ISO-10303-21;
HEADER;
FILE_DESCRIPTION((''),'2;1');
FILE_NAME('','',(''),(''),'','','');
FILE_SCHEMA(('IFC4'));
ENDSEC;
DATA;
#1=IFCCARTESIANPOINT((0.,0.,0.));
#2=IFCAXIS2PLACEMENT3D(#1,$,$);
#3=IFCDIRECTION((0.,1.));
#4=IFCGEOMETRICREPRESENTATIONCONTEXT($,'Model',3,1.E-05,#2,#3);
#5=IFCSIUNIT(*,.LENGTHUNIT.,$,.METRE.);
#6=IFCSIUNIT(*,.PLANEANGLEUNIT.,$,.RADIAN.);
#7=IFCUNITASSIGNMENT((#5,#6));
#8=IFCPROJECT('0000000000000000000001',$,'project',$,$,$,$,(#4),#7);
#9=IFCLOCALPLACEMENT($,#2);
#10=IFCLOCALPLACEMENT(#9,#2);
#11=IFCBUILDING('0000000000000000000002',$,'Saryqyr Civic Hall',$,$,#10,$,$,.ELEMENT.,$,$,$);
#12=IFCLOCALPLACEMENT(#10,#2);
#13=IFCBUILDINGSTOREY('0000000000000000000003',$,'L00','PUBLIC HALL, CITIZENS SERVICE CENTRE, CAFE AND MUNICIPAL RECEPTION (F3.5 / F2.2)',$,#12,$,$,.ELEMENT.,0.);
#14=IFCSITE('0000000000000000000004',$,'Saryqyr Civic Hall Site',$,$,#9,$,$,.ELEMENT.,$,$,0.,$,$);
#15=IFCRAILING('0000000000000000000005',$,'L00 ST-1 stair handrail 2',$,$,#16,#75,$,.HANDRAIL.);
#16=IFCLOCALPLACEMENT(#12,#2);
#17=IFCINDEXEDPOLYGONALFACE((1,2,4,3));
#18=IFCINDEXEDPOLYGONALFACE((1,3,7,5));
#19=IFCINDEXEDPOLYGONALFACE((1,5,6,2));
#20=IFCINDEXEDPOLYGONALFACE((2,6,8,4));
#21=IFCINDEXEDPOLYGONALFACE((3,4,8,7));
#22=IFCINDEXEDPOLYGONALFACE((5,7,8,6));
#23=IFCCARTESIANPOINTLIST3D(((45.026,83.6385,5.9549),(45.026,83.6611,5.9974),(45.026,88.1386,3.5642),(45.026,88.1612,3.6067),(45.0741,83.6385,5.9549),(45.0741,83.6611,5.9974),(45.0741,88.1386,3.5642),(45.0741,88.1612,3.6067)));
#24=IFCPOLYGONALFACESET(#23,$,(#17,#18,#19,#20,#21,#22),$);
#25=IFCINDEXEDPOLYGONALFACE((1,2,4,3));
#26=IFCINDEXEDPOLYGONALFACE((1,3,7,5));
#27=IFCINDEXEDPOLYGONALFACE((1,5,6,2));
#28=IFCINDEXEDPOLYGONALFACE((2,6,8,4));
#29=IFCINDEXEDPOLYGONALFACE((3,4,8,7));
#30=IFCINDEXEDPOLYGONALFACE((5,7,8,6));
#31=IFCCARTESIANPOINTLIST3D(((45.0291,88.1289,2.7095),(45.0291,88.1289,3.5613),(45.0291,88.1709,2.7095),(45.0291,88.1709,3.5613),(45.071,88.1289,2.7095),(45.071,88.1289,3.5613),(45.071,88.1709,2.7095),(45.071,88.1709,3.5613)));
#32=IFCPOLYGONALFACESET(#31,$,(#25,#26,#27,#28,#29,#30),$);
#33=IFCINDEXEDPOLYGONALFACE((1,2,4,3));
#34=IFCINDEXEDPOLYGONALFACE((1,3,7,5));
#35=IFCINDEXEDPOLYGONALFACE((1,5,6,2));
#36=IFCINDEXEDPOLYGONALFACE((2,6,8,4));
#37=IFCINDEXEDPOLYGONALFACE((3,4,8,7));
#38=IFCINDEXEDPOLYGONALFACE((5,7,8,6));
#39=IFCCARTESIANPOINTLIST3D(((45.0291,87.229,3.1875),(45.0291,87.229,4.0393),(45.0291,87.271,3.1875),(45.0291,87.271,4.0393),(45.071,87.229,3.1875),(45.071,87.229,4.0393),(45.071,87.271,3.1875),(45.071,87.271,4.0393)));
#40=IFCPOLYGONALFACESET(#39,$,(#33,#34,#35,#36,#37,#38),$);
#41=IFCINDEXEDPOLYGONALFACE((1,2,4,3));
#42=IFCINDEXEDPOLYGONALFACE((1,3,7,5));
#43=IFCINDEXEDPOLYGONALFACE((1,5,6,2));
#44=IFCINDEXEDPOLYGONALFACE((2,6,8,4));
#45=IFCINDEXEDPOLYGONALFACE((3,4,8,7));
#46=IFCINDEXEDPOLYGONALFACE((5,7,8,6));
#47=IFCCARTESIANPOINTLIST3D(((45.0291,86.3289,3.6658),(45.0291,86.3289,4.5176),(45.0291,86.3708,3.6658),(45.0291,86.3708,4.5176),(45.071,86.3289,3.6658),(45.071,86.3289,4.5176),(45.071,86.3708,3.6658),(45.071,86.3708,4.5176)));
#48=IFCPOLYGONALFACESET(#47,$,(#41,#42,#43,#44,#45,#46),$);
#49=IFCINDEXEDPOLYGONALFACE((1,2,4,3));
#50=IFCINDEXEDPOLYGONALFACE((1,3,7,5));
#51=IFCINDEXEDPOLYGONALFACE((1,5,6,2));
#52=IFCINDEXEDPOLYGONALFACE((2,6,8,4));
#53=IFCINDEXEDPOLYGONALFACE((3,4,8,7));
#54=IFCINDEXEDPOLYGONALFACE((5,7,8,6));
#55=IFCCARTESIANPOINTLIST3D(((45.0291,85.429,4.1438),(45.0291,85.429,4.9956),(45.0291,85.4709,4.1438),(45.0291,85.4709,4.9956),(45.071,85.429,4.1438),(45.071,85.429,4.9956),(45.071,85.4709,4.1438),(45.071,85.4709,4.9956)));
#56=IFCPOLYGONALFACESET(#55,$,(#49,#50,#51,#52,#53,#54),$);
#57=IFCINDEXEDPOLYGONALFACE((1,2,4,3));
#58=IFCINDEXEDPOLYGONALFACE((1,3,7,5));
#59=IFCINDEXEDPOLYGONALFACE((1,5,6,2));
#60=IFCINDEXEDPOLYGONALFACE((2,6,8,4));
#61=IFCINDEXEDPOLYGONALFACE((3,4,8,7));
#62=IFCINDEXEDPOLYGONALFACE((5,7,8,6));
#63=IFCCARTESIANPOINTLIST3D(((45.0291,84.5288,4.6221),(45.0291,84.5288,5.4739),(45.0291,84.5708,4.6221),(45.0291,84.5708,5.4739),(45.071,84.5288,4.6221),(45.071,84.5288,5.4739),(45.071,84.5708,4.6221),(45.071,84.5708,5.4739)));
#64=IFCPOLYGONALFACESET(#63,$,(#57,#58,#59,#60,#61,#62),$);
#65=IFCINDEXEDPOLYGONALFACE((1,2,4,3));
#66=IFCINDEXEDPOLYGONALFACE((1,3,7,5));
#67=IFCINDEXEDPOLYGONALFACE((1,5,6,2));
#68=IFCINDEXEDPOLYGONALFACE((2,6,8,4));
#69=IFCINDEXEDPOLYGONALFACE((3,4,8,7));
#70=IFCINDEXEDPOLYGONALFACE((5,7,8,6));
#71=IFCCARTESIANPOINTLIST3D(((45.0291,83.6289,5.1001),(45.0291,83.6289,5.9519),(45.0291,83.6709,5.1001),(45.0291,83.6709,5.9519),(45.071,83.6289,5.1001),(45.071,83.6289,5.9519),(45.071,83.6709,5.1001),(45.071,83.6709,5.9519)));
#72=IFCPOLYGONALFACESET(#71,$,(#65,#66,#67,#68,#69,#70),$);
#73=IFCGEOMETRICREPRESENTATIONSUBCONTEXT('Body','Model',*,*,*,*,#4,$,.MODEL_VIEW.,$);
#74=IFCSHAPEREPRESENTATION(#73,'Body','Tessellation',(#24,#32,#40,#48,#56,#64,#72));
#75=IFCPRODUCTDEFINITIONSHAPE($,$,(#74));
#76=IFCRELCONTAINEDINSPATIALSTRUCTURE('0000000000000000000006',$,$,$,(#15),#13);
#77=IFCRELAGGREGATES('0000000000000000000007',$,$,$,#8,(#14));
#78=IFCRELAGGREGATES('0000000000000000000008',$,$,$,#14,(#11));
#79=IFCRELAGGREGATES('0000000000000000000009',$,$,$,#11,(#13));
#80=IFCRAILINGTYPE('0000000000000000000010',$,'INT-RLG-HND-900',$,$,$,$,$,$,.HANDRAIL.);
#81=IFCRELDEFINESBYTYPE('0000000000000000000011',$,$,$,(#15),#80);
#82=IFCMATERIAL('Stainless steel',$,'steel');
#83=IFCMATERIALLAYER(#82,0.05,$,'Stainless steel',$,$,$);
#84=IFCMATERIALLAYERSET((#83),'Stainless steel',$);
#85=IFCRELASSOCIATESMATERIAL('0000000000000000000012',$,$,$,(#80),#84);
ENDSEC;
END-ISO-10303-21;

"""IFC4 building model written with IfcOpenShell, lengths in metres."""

from ifc_helpers import new_model, si_unit, direction, frame, origin, origin_2d, place, context, subcontext, project, spatial, rectangle, extrude, material, layer, layer_set, type_object, element, save


model = new_model("IFC4")

# Units and contexts
model_context = context("Model", 3, precision=1e-05, world=origin(), true_north=direction((0.0, 1.0)))
body_context = subcontext(model_context, "Body", "Model", "MODEL_VIEW")
ifc_project = project(units=[si_unit("LENGTHUNIT", "METRE"), si_unit("PLANEANGLEUNIT", "RADIAN")], contexts=[model_context])

# Site, building, storey
site_placement = place(None, origin())
site = spatial("IfcSite", under=ifc_project, at=site_placement, Name="Saryqyr Civic Hall Site", CompositionType="ELEMENT", RefElevation=0.0)
building_placement = place(site_placement, origin())
building = spatial("IfcBuilding", under=site, at=building_placement, Name="Saryqyr Civic Hall", CompositionType="ELEMENT")
storey_placement = place(building_placement, origin())
storey = spatial("IfcBuildingStorey", under=building, at=storey_placement, Name="L00", Description="PUBLIC HALL, CITIZENS SERVICE CENTRE, CAFE AND MUNICIPAL RECEPTION (F3.5 / F2.2)", CompositionType="ELEMENT", Elevation=0.0)

# Railing
ifc_material_1 = material(Name="Stainless steel", Category="steel")
ifc_layer_1 = layer(ifc_material_1, 0.05, Name="Stainless steel")
ifc_layer_set_1 = layer_set([ifc_layer_1], Name="Stainless steel")
railing_type_1 = type_object("IfcRailingType", Name="INT-RLG-HND-900", PredefinedType="HANDRAIL", material=ifc_layer_set_1)
railing_1_placement = place(storey_placement, frame((45.05, 88.1499, 2.7095)))
element("IfcRailing", 1, at=railing_1_placement, inside=storey, type_object=railing_type_1, Name="L00 ST-1 stair handrail 2", PredefinedType="HANDRAIL", context=body_context, shape_type="SweptSolid", body=[
    extrude(rectangle(XDim=0.0481, YDim=0.0481, at=origin_2d()), frame((0.0, 0.0, 0.876), z_axis=(0.0, -0.883116, 0.469155), x_axis=(1.0, 0.0, 0.0)), (0.0, 0.0, 1.0), 5.0957),
    extrude(rectangle(XDim=0.042, YDim=0.042, at=origin_2d()), origin(), (0.0, 0.0, 1.0), 0.8518),
    extrude(rectangle(XDim=0.042, YDim=0.042, at=origin_2d()), frame((0.0, -0.8999, 0.478)), (0.0, 0.0, 1.0), 0.8518),
    extrude(rectangle(XDim=0.042, YDim=0.042, at=origin_2d()), frame((0.0, -1.8, 0.9563)), (0.0, 0.0, 1.0), 0.8518),
    extrude(rectangle(XDim=0.042, YDim=0.042, at=origin_2d()), frame((0.0, -2.7, 1.4343)), (0.0, 0.0, 1.0), 0.8518),
    extrude(rectangle(XDim=0.042, YDim=0.042, at=origin_2d()), frame((0.0, -3.6001, 1.9126)), (0.0, 0.0, 1.0), 0.8518),
    extrude(rectangle(XDim=0.042, YDim=0.042, at=origin_2d()), frame((0.0, -4.5, 2.3906)), (0.0, 0.0, 1.0), 0.8518),
])

save(model, "model.ifc")
